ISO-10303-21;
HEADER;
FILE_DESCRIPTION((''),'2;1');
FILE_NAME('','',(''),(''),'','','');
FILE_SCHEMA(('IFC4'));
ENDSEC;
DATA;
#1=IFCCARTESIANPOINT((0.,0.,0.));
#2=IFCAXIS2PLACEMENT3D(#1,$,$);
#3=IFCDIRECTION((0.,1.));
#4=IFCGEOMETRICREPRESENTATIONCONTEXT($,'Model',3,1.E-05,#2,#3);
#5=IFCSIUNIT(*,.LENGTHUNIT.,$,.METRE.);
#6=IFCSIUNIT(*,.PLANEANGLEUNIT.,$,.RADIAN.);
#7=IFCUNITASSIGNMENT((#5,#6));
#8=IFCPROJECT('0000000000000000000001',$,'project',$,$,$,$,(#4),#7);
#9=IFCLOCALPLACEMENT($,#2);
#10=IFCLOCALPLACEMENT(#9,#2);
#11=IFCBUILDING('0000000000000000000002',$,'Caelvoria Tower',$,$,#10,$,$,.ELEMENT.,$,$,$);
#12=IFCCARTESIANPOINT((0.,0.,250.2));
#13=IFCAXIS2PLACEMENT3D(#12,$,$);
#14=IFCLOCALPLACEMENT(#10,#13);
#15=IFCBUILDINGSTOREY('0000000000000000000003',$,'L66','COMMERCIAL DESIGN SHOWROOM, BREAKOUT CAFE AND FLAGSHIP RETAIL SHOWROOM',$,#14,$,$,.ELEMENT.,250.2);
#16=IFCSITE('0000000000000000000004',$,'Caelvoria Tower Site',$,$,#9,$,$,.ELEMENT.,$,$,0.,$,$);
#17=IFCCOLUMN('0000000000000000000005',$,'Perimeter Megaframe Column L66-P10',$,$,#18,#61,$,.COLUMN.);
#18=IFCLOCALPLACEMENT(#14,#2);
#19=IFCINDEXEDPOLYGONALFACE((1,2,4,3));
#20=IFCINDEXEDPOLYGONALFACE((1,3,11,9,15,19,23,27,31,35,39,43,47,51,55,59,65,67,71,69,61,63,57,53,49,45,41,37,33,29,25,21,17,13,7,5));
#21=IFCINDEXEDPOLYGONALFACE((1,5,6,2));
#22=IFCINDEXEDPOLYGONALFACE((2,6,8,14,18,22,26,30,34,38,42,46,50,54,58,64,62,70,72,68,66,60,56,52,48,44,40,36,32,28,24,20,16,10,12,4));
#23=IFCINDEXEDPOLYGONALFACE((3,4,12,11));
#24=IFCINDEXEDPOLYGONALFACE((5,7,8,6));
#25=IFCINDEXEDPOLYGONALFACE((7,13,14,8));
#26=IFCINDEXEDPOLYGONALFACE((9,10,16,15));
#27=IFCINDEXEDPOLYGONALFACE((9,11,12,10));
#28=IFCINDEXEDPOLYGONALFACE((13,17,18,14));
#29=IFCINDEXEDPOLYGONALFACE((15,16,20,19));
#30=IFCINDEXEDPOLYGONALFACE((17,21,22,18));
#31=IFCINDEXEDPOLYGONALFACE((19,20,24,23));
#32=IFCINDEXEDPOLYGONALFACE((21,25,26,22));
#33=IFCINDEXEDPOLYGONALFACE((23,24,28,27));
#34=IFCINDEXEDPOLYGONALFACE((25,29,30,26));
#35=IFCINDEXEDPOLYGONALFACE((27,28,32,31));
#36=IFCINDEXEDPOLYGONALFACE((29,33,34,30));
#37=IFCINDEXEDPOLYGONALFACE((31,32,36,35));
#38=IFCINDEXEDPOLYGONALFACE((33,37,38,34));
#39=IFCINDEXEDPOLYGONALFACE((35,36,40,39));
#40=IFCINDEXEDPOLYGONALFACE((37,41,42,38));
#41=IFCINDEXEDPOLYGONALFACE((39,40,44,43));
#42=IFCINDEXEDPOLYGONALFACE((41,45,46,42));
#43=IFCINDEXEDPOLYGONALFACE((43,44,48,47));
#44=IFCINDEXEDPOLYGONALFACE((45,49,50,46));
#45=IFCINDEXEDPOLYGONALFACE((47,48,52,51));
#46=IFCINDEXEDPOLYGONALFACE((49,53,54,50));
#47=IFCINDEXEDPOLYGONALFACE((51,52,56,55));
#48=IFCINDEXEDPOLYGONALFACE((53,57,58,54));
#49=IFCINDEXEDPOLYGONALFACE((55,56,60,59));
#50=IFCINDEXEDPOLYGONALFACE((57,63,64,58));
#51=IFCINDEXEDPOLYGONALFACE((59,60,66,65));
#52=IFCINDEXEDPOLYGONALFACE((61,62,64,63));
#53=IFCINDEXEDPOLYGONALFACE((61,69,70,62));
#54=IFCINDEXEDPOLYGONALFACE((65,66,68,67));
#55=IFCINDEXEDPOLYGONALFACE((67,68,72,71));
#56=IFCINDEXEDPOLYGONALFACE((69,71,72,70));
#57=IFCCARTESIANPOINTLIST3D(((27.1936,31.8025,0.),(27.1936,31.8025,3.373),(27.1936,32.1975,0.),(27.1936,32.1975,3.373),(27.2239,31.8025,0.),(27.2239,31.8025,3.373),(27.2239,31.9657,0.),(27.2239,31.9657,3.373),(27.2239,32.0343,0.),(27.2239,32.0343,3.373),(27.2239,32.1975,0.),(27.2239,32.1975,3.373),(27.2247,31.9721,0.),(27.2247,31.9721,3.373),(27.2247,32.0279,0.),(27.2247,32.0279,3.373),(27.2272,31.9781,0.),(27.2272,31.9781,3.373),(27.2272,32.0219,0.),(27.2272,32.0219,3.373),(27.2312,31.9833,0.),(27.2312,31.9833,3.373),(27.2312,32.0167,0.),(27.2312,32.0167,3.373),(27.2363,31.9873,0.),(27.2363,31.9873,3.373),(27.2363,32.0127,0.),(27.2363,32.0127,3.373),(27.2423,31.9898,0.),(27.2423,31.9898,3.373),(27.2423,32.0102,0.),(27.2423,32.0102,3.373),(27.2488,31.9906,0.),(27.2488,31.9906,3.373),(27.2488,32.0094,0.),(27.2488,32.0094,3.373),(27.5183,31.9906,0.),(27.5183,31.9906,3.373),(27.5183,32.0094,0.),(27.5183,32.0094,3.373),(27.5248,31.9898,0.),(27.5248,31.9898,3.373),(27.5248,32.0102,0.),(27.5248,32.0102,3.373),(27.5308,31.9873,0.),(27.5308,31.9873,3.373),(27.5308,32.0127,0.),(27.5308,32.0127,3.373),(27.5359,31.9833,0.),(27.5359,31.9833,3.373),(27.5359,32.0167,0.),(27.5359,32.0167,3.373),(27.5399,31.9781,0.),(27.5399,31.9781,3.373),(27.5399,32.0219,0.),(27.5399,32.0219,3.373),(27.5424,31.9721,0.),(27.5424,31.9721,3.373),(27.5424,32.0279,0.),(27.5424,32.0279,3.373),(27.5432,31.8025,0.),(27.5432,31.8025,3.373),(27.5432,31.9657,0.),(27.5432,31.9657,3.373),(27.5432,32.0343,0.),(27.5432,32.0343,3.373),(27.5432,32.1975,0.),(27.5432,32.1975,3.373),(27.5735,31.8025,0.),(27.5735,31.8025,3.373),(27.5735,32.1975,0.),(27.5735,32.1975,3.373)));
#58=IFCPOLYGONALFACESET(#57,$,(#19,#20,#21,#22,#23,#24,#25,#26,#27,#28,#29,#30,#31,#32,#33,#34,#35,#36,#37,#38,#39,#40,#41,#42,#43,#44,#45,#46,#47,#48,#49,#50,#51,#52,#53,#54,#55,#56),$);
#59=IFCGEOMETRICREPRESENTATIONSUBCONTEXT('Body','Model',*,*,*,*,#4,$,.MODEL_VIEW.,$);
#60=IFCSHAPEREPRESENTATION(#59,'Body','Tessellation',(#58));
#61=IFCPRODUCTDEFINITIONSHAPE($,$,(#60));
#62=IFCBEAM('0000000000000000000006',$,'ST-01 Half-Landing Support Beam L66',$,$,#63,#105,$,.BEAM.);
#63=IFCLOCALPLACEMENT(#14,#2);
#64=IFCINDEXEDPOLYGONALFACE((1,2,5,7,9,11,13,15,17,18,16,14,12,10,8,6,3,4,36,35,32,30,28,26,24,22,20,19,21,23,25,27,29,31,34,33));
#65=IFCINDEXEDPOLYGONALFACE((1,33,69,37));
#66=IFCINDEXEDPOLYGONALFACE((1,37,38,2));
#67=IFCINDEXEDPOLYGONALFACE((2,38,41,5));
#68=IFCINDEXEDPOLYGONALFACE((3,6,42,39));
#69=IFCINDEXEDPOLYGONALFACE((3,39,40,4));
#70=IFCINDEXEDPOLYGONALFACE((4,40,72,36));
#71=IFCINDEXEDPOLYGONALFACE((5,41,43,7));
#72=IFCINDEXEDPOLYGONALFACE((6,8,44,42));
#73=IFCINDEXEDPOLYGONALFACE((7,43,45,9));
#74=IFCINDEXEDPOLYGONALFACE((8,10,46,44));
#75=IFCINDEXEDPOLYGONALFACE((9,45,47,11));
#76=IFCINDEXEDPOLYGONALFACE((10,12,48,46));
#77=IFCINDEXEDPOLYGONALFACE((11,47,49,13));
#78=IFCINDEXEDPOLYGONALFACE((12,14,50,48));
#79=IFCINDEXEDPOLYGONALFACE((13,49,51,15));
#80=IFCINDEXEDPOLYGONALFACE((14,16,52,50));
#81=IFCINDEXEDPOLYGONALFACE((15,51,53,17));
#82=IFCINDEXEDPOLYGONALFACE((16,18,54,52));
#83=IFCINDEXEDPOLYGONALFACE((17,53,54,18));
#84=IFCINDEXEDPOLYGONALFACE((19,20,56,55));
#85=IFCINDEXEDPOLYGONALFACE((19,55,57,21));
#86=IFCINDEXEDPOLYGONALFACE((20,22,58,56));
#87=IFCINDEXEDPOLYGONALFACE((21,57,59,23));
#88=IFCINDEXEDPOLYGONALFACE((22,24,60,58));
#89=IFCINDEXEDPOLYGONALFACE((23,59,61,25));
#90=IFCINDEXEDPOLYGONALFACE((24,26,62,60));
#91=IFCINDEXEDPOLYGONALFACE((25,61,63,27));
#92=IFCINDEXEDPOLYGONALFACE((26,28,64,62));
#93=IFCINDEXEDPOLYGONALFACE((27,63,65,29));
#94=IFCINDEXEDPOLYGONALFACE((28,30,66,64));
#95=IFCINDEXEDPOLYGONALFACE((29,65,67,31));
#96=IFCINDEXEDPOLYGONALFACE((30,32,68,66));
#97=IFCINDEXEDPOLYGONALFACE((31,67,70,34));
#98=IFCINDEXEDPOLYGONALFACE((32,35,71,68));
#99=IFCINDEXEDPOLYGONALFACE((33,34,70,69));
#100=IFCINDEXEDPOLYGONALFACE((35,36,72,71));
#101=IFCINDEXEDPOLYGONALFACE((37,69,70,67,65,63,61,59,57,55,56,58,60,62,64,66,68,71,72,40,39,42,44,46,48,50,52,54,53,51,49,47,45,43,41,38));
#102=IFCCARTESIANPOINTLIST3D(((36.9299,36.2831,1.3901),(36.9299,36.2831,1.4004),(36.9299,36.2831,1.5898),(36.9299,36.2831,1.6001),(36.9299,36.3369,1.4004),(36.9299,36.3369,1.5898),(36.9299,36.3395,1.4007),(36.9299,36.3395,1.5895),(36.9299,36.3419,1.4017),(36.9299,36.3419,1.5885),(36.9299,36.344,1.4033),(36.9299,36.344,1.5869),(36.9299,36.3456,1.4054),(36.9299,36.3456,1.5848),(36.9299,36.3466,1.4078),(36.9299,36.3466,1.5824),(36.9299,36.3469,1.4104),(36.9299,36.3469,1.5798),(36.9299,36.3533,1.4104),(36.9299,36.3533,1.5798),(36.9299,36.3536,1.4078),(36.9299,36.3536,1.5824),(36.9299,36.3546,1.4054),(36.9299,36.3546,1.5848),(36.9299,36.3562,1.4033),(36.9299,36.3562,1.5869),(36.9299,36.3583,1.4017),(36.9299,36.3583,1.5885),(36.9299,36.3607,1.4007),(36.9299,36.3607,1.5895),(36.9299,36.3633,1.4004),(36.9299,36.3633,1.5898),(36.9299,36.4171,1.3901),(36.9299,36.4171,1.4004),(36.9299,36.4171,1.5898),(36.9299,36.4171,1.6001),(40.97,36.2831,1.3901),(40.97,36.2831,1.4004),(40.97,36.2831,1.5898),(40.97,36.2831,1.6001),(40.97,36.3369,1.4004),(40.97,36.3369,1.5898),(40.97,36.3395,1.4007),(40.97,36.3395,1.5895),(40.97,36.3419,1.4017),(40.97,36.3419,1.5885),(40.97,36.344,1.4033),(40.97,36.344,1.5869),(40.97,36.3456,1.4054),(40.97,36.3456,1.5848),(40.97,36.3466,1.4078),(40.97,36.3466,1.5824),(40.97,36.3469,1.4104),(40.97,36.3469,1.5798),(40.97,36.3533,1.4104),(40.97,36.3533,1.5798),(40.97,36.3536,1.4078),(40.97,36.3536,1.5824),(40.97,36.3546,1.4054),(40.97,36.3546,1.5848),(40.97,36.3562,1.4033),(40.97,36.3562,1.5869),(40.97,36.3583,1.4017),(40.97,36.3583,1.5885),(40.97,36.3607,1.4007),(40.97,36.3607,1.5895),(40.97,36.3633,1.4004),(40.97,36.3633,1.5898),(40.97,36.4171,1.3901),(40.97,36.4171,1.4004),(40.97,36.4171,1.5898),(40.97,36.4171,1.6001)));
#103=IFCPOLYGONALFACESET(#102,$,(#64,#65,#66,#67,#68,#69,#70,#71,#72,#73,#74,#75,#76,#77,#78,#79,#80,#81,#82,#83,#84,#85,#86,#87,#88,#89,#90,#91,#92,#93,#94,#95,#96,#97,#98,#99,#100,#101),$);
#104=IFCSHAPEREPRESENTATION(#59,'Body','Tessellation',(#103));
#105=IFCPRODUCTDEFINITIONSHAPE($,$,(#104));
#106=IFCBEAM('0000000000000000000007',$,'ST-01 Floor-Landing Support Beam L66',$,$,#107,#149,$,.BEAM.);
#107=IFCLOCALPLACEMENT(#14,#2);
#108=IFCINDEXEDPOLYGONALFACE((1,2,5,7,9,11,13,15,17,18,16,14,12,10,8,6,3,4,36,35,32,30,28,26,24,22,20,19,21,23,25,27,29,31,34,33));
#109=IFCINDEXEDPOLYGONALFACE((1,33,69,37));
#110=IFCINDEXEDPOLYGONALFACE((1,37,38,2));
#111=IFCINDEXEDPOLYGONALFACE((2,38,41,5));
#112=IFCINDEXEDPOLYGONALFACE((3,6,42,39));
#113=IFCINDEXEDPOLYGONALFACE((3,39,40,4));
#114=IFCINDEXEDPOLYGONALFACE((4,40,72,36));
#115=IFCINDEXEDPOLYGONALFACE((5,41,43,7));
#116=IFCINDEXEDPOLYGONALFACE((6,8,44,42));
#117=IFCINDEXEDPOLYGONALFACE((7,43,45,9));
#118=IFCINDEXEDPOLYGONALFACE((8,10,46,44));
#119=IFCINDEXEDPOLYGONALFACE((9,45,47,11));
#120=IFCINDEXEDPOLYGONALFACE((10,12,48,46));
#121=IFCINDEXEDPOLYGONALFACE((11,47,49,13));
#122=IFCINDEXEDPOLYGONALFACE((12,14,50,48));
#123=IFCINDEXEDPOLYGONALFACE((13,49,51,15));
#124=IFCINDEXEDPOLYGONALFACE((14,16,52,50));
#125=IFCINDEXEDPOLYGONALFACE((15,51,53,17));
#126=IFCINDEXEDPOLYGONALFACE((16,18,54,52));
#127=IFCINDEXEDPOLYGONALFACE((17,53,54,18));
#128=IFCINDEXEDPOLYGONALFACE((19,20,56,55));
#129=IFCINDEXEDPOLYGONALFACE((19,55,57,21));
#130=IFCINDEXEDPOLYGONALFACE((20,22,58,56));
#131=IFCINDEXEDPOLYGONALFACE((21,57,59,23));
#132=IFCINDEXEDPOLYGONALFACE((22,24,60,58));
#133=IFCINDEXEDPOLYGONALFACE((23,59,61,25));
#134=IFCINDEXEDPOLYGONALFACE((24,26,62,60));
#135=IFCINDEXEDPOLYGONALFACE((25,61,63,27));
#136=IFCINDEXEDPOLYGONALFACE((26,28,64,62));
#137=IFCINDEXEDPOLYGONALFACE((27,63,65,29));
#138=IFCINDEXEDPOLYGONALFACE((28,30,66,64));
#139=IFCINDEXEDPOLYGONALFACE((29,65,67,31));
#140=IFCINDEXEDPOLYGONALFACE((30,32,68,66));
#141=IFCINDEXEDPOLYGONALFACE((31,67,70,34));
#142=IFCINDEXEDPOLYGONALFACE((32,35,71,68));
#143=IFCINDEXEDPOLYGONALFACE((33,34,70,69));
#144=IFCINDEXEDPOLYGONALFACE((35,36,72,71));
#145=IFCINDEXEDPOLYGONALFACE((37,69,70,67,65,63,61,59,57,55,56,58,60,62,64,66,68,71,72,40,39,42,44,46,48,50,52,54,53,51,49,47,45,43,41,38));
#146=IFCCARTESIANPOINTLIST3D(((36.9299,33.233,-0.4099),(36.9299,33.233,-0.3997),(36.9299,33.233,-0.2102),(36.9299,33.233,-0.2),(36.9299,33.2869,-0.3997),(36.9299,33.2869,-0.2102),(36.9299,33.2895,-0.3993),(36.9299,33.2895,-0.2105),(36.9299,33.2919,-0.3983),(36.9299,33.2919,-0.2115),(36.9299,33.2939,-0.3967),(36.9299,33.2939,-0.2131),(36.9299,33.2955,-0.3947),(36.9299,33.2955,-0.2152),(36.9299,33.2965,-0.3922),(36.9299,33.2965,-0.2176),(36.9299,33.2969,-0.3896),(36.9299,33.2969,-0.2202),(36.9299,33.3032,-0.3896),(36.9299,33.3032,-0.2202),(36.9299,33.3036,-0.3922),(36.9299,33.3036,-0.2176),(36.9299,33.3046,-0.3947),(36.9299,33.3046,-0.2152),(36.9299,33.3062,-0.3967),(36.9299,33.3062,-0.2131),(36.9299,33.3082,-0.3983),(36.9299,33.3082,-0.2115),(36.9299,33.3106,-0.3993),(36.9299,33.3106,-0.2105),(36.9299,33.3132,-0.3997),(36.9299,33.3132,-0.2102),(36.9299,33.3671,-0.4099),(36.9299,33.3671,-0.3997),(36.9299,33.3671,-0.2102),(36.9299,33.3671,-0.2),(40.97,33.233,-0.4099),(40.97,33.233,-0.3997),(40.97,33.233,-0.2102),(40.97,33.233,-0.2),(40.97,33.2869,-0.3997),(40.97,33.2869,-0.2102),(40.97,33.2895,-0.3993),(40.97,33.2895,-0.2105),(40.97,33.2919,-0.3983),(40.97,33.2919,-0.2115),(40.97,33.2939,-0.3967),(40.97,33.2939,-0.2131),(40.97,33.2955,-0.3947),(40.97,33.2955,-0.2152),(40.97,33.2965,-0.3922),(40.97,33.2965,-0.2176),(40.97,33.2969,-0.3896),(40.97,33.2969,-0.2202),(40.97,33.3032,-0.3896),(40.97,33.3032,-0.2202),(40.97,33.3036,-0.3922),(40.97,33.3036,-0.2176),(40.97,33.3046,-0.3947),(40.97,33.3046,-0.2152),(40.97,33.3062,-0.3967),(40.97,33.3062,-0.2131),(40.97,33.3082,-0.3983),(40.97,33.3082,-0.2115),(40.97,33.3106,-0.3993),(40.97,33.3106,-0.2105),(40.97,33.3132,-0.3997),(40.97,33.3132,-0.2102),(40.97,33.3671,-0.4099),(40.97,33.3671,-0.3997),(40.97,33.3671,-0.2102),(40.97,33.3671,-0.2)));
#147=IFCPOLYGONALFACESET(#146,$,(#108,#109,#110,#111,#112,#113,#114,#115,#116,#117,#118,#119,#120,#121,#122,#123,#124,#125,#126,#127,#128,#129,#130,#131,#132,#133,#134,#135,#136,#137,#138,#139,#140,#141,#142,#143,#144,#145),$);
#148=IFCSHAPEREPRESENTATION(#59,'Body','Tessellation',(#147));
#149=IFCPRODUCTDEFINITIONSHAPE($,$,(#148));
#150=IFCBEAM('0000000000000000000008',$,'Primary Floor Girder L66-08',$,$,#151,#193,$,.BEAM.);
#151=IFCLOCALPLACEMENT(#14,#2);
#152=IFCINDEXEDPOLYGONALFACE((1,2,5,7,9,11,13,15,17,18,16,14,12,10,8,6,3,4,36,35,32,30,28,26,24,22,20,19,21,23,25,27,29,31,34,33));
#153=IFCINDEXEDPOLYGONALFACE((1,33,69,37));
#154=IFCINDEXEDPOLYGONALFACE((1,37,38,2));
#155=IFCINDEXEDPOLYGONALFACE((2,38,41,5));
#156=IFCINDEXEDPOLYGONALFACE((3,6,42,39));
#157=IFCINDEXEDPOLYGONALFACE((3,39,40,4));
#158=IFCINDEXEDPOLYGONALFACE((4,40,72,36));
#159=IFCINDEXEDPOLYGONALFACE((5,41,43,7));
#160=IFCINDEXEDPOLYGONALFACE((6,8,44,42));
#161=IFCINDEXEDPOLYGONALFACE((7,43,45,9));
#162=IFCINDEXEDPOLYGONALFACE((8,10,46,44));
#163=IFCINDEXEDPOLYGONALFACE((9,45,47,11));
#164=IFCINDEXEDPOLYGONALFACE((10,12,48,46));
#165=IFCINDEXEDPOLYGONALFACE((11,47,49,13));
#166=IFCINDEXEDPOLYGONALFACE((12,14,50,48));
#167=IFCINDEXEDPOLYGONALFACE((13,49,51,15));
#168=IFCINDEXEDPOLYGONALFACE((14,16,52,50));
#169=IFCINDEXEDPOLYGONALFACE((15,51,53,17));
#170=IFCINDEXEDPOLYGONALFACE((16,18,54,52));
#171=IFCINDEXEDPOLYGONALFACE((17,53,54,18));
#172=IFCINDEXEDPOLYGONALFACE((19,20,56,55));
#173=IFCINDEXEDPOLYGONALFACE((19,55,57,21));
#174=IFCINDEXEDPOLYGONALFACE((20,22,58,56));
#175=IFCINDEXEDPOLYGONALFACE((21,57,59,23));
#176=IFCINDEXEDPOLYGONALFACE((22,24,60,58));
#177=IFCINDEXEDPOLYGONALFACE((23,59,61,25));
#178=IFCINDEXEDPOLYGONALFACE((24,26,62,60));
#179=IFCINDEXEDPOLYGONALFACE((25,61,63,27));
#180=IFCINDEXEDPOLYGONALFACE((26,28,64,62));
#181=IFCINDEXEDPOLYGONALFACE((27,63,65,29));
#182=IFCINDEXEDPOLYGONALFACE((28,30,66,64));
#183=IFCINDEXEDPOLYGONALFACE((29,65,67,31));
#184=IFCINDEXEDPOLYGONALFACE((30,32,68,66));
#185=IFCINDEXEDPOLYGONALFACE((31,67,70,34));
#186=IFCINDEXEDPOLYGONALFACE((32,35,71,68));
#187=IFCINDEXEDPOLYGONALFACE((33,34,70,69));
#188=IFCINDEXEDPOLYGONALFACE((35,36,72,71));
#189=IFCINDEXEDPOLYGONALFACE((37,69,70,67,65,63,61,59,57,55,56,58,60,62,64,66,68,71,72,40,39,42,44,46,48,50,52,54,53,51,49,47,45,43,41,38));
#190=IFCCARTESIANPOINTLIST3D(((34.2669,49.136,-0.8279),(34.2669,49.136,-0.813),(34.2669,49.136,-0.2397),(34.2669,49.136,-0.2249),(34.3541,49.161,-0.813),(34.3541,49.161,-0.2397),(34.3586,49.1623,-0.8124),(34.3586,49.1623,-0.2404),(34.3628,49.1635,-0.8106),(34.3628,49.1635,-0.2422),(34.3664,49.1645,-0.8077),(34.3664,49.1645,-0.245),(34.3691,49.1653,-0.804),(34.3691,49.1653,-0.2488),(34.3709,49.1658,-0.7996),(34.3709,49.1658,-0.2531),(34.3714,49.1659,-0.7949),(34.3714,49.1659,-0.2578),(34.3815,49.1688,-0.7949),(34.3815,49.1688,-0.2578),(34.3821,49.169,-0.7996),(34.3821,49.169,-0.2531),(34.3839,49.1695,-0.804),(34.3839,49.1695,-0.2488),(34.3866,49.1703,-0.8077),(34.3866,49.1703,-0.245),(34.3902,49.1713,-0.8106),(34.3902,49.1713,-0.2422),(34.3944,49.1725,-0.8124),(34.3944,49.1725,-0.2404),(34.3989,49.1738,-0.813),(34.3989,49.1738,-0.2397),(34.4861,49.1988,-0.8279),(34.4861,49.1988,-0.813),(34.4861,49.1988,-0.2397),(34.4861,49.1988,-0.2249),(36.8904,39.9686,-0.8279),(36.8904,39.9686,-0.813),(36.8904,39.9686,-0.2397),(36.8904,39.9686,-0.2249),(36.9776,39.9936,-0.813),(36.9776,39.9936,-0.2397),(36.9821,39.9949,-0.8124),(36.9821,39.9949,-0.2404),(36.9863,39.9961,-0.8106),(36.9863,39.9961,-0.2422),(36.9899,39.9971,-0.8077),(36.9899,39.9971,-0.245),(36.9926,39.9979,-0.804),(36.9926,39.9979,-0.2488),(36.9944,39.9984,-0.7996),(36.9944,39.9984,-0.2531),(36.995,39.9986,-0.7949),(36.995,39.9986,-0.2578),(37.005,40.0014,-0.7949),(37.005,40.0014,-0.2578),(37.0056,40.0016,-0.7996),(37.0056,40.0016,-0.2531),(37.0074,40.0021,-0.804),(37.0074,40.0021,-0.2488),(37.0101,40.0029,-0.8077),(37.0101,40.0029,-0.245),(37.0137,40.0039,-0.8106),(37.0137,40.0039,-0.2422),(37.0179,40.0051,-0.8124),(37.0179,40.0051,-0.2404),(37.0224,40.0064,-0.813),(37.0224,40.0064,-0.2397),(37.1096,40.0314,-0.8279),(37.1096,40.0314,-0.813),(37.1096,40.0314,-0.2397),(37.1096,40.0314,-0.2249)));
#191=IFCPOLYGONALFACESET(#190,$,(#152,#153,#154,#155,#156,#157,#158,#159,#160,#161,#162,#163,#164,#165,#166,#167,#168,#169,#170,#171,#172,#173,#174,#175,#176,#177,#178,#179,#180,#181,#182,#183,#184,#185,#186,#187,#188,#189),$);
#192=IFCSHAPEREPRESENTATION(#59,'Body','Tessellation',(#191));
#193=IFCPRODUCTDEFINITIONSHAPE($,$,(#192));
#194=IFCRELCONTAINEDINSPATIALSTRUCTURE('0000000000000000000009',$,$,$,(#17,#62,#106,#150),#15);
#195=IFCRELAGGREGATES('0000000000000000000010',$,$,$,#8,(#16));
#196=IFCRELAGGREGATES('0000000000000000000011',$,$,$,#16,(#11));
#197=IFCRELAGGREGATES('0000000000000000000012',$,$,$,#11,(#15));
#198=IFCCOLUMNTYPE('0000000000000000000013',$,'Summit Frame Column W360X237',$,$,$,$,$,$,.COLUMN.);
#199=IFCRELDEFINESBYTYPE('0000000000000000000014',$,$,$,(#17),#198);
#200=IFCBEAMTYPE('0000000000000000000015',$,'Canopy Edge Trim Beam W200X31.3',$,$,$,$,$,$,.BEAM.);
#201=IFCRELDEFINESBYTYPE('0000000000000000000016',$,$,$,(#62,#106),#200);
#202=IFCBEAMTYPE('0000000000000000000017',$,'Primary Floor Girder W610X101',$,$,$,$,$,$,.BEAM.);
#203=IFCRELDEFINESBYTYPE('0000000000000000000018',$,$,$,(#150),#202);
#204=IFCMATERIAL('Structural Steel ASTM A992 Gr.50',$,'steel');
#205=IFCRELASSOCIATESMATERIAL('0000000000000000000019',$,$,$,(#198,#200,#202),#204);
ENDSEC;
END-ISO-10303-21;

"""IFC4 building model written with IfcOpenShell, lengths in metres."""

from ifc_helpers import new_model, si_unit, direction, frame, origin, origin_2d, place, context, subcontext, project, spatial, i_section, extrude, material, material_profile, profile_set, type_object, element, save


model = new_model("IFC4")

# Units and contexts
model_context = context("Model", 3, precision=1e-05, world=origin(), true_north=direction((0.0, 1.0)))
body_context = subcontext(model_context, "Body", "Model", "MODEL_VIEW")
ifc_project = project(units=[si_unit("LENGTHUNIT", "METRE"), si_unit("PLANEANGLEUNIT", "RADIAN")], contexts=[model_context])

# Site, building, storey
site_placement = place(None, origin())
site = spatial("IfcSite", under=ifc_project, at=site_placement, Name="Caelvoria Tower Site", CompositionType="ELEMENT", RefElevation=0.0)
building_placement = place(site_placement, origin())
building = spatial("IfcBuilding", under=site, at=building_placement, Name="Caelvoria Tower", CompositionType="ELEMENT")
storey_placement = place(building_placement, frame((0.0, 0.0, 250.2)))
storey = spatial("IfcBuildingStorey", under=building, at=storey_placement, Name="L66", Description="COMMERCIAL DESIGN SHOWROOM, BREAKOUT CAFE AND FLAGSHIP RETAIL SHOWROOM", CompositionType="ELEMENT", Elevation=250.2)

# Column
ifc_material_1 = material(Name="Structural Steel ASTM A992 Gr.50", Category="steel")
ifc_material_profile_1 = material_profile(ifc_material_1, i_section(OverallWidth=0.395, OverallDepth=0.3799, WebThickness=0.0188, FlangeThickness=0.0303, FilletRadius=0.0249, at=origin_2d()), Name="Structural Steel ASTM A992 Gr.50")
ifc_profile_set_1 = profile_set([ifc_material_profile_1], Name="W360X237 - Structural Steel ASTM A992 Gr.50")
column_type = type_object("IfcColumnType", Name="Summit Frame Column W360X237", PredefinedType="COLUMN", material=ifc_profile_set_1)
column_placement = place(storey_placement, frame((27.3835, 32.0, 0.0), z_axis=(0.0, 0.0, 1.0), x_axis=(0.0, 1.0, 0.0)))
element("IfcColumn", 1, at=column_placement, inside=storey, type_object=column_type, Name="Perimeter Megaframe Column L66-P10", PredefinedType="COLUMN", context=body_context, shape_type="SweptSolid", body=[
    extrude(i_section(OverallWidth=0.395, OverallDepth=0.3799, WebThickness=0.0188, FlangeThickness=0.0303, FilletRadius=0.0249, at=origin_2d()), origin(), (0.0, 0.0, 1.0), 3.373),
])

# Beams
ifc_material_profile_2 = material_profile(ifc_material_1, i_section(OverallWidth=0.134, OverallDepth=0.21, WebThickness=0.0063, FlangeThickness=0.0103, FilletRadius=0.01, at=origin_2d()), Name="Structural Steel ASTM A992 Gr.50")
ifc_profile_set_2 = profile_set([ifc_material_profile_2], Name="W200X31.3 - Structural Steel ASTM A992 Gr.50")
beam_type_1 = type_object("IfcBeamType", Name="Canopy Edge Trim Beam W200X31.3", PredefinedType="BEAM", material=ifc_profile_set_2)
for number, where, z_axis, x_axis, name in (
    (2, (36.9299, 36.3501, 1.4951), (1.0, 0.0, 0.0), (0.0, 1.0, 0.0), "ST-01 Half-Landing Support Beam L66"),
    (3, (36.9299, 33.3, -0.3049), (1.0, 0.0, 0.0), (0.0, 1.0, 0.0), "ST-01 Floor-Landing Support Beam L66"),
):
    element("IfcBeam", number, at=place(storey_placement, frame(where, z_axis=z_axis, x_axis=x_axis)), inside=storey, type_object=beam_type_1, Name=name, PredefinedType="BEAM", context=body_context, shape_type="SweptSolid", body=[
        extrude(i_section(OverallWidth=0.134, OverallDepth=0.21, WebThickness=0.0063, FlangeThickness=0.0103, FilletRadius=0.01, at=origin_2d()), origin(), (0.0, 0.0, 1.0), 4.04),
    ])
ifc_material_profile_3 = material_profile(ifc_material_1, i_section(OverallWidth=0.228, OverallDepth=0.603, WebThickness=0.0105, FlangeThickness=0.0149, FilletRadius=0.0181, at=origin_2d()), Name="Structural Steel ASTM A992 Gr.50")
ifc_profile_set_3 = profile_set([ifc_material_profile_3], Name="W610X101 - Structural Steel ASTM A992 Gr.50")
beam_type_2 = type_object("IfcBeamType", Name="Primary Floor Girder W610X101", PredefinedType="BEAM", material=ifc_profile_set_3)
beam_1_placement = place(storey_placement, frame((37.0, 40.0, -0.5264), z_axis=(-0.275134, 0.961406, 0.0), x_axis=(-0.961406, -0.275134, 0.0)))
element("IfcBeam", 4, at=beam_1_placement, inside=storey, type_object=beam_type_2, Name="Primary Floor Girder L66-08", PredefinedType="BEAM", context=body_context, shape_type="SweptSolid", body=[
    extrude(i_section(OverallWidth=0.228, OverallDepth=0.603, WebThickness=0.0105, FlangeThickness=0.0149, FilletRadius=0.0181, at=origin_2d()), origin(), (0.0, 0.0, 1.0), 9.5354),
])

save(model, "model.ifc")
